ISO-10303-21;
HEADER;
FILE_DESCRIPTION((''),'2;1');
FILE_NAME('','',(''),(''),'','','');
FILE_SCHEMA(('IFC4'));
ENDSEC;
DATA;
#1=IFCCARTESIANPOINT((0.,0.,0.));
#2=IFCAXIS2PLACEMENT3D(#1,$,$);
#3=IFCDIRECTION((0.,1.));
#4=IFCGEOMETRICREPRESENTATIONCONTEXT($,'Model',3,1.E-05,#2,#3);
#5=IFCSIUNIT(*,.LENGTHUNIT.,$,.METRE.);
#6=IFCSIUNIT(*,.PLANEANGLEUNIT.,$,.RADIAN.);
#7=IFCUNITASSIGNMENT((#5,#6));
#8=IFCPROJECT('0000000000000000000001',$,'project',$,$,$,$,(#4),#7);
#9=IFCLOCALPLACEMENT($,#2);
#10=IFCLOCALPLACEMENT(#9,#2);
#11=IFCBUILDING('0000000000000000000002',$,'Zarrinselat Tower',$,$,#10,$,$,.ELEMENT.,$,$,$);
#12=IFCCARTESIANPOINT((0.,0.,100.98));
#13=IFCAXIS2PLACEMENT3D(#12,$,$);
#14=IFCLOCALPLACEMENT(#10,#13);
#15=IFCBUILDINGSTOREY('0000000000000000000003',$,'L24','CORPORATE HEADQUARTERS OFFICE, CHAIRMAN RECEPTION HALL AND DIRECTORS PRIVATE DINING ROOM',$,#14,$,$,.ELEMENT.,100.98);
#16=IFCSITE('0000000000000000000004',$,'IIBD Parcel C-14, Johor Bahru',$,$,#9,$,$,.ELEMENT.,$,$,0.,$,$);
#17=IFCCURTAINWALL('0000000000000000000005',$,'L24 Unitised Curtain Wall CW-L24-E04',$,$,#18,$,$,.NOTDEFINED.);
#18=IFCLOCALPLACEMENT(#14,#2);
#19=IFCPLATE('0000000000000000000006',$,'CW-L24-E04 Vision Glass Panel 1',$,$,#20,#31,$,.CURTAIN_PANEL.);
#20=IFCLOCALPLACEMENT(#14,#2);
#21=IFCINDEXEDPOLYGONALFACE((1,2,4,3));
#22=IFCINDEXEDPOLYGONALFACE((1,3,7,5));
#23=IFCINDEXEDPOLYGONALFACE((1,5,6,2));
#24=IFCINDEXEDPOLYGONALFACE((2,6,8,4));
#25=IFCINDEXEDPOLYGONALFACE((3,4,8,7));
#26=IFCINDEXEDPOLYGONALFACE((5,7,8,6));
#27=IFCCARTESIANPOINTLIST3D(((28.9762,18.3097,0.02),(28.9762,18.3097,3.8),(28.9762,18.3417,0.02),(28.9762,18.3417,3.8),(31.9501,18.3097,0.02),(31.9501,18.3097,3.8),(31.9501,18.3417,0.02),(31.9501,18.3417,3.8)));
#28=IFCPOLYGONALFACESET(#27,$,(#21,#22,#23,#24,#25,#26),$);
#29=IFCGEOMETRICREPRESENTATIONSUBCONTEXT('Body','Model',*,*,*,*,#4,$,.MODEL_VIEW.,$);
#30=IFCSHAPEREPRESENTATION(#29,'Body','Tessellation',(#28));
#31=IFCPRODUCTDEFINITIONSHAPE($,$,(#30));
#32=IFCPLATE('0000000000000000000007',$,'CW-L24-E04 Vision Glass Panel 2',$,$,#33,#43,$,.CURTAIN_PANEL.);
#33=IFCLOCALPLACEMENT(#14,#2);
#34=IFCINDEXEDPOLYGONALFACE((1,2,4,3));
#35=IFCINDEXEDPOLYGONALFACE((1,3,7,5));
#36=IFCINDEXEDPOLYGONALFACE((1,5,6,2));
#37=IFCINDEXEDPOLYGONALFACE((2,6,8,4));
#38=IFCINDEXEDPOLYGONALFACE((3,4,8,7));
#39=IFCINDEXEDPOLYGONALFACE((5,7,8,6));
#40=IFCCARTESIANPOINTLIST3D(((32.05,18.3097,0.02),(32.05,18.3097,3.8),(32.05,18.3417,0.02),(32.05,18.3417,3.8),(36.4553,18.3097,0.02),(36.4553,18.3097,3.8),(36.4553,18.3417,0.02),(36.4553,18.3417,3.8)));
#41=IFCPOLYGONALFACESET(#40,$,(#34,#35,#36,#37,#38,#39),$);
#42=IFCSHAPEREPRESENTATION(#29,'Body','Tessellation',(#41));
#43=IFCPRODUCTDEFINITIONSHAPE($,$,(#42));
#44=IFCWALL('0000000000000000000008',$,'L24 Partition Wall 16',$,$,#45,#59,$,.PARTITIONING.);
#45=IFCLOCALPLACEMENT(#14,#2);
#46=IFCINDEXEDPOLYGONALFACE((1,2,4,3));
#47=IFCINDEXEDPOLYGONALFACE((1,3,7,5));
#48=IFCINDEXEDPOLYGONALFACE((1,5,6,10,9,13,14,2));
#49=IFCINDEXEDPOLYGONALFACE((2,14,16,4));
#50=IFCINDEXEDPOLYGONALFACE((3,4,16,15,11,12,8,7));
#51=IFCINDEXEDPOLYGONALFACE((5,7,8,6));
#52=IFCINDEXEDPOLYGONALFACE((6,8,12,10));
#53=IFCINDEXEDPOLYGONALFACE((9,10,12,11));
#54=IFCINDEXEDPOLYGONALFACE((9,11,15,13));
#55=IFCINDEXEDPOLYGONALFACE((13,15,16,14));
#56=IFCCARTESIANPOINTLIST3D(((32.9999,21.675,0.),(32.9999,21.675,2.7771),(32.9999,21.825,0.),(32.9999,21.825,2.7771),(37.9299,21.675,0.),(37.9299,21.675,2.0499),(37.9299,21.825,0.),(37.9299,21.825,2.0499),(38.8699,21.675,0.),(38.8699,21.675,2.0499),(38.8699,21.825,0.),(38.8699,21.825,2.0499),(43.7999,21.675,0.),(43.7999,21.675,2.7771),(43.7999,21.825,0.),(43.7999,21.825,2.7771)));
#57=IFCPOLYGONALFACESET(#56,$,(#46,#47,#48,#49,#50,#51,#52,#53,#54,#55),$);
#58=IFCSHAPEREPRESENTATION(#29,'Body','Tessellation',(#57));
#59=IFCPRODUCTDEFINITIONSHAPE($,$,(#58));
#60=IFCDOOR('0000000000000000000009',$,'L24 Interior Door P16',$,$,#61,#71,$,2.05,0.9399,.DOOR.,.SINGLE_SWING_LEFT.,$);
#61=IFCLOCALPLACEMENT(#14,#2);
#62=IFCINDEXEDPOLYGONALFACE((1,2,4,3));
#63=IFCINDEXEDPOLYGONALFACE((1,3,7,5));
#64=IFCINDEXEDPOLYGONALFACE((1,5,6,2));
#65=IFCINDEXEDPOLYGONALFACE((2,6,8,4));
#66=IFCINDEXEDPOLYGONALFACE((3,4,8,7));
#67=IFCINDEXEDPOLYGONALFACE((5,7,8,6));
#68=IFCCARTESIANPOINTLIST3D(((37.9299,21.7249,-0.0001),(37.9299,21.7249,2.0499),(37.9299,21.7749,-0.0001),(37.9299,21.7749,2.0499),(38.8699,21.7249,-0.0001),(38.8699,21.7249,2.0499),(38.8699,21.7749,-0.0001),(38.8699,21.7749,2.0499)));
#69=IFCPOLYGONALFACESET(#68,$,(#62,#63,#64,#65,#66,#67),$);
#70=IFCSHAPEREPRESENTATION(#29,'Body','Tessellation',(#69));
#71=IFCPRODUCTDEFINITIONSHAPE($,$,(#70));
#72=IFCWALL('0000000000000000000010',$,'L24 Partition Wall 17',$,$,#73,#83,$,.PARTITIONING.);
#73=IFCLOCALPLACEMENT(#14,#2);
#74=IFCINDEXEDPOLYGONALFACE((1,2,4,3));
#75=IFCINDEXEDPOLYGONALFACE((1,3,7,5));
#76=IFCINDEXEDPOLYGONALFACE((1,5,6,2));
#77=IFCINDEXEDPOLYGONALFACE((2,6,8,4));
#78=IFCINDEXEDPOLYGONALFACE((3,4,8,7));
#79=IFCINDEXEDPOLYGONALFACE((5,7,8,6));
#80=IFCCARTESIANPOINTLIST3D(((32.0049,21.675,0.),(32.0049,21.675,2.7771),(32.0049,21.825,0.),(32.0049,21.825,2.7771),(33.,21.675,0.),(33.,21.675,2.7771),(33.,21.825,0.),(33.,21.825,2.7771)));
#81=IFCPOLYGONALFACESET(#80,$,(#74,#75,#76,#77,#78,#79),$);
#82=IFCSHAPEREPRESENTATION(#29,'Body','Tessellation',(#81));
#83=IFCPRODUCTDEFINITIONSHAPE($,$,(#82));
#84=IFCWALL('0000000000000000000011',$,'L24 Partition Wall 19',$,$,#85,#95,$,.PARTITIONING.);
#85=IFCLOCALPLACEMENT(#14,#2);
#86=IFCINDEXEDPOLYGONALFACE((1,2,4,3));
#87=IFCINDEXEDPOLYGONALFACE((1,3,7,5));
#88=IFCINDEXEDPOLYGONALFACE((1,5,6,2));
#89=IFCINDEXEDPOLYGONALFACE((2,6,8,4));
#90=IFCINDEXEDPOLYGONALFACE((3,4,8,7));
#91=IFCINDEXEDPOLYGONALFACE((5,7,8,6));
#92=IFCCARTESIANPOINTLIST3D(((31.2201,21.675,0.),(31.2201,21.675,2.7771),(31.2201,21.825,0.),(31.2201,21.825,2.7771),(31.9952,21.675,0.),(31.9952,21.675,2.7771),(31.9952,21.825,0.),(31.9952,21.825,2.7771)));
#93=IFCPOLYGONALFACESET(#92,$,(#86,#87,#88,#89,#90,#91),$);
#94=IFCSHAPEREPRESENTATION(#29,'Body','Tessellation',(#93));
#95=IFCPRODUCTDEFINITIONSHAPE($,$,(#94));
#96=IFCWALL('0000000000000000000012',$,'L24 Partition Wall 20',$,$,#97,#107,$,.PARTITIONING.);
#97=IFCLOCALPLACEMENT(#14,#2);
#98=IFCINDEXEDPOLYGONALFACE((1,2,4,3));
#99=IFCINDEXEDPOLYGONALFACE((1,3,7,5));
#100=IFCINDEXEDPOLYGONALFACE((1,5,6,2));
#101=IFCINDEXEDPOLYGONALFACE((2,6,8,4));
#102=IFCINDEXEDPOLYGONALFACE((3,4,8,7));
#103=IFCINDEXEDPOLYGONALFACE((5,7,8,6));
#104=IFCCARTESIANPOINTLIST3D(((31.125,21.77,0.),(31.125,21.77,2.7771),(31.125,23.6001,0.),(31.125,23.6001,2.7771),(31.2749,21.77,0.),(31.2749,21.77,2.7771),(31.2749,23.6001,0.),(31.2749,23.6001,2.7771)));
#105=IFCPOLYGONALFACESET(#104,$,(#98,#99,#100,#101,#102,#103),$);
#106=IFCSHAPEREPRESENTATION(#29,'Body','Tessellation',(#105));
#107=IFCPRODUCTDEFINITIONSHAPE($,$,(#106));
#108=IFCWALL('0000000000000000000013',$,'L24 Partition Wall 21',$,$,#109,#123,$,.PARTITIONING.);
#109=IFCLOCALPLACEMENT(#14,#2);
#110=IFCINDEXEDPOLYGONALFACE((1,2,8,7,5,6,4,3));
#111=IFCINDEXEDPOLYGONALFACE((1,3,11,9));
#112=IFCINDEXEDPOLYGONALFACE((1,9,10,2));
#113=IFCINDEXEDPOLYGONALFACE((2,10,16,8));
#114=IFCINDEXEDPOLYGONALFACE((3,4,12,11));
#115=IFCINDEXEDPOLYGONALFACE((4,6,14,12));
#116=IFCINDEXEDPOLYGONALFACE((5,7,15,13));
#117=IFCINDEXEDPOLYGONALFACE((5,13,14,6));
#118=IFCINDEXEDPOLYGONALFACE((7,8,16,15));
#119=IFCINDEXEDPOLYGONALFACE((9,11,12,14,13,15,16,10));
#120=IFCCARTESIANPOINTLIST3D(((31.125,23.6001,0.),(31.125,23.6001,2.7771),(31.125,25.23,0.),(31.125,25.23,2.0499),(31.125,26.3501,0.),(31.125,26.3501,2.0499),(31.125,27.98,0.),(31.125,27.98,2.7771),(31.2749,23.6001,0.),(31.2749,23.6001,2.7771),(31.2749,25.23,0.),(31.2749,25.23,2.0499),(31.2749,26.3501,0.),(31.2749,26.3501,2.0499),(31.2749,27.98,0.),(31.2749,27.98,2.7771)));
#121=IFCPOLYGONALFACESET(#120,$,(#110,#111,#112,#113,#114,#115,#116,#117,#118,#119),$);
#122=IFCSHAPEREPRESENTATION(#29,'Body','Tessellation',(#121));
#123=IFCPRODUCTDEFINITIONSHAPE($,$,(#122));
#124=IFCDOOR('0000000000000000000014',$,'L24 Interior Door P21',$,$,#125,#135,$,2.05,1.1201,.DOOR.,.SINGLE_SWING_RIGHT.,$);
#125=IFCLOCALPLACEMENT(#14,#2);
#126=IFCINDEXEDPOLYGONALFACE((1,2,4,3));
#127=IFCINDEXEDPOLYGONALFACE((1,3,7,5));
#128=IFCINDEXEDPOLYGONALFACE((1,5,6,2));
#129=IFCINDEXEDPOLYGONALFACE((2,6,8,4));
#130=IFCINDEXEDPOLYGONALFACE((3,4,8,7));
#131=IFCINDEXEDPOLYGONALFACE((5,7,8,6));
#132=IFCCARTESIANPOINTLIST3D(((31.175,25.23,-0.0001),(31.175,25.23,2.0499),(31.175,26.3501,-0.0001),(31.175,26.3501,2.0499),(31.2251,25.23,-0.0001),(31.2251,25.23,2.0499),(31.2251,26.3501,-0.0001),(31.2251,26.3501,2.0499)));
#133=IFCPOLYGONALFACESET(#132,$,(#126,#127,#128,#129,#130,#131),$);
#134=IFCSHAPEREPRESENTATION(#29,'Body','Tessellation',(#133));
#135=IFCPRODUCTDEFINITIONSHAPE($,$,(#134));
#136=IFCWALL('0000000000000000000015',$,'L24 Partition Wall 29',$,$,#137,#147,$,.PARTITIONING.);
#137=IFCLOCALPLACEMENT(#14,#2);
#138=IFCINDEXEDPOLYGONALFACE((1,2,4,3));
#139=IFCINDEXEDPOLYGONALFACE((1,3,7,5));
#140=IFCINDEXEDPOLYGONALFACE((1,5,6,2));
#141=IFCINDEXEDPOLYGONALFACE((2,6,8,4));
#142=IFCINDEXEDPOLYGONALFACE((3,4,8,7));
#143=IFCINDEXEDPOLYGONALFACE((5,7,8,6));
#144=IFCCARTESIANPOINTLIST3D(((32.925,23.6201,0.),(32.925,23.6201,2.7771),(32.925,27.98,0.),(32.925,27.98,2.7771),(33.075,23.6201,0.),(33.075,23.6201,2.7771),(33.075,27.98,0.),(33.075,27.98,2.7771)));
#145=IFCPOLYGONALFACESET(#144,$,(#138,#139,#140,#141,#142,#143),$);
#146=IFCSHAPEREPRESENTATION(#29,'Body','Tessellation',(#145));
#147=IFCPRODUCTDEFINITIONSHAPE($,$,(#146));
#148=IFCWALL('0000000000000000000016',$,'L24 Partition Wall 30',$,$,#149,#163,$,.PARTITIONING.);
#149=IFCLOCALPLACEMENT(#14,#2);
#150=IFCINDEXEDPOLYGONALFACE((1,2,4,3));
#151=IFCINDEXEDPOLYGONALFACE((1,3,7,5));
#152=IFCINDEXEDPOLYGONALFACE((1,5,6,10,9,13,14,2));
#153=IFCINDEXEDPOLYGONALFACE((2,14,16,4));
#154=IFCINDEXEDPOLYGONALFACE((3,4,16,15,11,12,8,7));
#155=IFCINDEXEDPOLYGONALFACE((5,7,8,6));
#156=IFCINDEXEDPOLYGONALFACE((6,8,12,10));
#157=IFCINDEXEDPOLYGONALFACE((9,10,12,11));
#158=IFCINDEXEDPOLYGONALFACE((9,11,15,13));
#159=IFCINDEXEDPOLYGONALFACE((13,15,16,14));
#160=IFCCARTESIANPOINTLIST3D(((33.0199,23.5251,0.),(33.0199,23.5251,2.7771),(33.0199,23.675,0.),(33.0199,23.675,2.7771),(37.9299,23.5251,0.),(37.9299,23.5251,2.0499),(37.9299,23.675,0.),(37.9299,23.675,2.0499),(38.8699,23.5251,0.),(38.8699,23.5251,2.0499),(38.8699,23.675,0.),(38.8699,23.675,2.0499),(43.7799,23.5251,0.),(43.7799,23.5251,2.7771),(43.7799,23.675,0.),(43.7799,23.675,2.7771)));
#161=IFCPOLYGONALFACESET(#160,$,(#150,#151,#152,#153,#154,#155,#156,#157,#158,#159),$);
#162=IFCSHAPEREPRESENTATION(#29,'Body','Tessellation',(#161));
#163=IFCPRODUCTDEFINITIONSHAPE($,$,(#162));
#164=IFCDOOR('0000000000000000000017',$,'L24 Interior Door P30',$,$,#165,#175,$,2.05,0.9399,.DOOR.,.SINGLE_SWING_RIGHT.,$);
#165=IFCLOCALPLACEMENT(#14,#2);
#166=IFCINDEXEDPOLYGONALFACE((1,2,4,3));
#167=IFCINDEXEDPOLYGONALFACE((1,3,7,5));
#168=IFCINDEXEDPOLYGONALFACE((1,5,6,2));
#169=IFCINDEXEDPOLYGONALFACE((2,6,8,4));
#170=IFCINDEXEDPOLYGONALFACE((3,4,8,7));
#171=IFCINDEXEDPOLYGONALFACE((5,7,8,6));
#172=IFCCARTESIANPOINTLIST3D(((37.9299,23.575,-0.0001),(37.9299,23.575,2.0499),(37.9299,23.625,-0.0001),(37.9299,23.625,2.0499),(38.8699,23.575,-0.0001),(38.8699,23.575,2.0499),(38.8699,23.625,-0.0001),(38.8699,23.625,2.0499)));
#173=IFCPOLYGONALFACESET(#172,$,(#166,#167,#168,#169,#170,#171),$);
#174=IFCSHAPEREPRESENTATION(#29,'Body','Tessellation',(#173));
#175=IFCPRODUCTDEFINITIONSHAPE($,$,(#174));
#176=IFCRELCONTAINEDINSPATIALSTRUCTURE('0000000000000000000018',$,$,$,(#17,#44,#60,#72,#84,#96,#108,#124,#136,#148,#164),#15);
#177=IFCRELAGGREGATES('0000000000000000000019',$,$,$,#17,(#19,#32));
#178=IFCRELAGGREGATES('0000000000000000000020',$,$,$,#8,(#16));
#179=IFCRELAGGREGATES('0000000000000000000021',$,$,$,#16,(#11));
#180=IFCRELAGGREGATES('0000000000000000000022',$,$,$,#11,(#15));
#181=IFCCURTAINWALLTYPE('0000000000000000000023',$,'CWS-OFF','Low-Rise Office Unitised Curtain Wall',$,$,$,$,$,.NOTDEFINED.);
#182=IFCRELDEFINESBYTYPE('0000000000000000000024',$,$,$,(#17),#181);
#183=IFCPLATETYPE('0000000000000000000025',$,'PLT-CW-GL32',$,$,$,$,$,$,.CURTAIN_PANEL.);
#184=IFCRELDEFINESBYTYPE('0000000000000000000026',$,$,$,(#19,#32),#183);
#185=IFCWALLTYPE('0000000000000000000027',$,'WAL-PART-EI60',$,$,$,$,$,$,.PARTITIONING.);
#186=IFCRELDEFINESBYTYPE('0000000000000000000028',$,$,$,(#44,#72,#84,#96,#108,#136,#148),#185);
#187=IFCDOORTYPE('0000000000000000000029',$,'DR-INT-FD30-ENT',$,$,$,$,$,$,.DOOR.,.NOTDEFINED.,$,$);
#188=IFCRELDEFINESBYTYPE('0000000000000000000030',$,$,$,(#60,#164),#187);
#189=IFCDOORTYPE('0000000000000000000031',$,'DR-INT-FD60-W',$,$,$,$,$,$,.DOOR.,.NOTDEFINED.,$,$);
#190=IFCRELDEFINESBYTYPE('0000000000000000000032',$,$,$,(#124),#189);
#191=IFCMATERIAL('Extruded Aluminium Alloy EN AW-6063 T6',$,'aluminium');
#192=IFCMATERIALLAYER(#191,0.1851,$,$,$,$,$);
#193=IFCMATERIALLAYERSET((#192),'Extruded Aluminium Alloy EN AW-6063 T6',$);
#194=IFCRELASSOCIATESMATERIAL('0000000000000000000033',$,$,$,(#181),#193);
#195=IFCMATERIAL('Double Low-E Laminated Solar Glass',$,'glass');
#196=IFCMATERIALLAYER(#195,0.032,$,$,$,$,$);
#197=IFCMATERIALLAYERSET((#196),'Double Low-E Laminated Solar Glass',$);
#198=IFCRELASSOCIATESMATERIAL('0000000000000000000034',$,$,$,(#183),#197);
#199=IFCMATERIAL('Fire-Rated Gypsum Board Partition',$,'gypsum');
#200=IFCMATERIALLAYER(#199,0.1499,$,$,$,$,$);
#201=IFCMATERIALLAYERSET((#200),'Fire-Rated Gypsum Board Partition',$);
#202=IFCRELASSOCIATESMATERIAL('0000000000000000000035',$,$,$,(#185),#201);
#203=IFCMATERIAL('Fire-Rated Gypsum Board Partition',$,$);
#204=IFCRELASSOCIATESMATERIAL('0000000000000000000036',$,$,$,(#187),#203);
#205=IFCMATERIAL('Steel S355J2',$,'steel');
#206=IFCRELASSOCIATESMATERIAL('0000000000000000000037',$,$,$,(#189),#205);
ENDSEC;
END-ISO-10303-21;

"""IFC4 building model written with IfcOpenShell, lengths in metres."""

from ifc_helpers import new_model, si_unit, direction, frame, frame_2d, origin, origin_2d, place, context, subcontext, project, spatial, rectangle, extrude, material, layer, layer_set, type_object, element, fill, aggregate, save


model = new_model("IFC4")

# Units and contexts
model_context = context("Model", 3, precision=1e-05, world=origin(), true_north=direction((0.0, 1.0)))
body_context = subcontext(model_context, "Body", "Model", "MODEL_VIEW")
ifc_project = project(units=[si_unit("LENGTHUNIT", "METRE"), si_unit("PLANEANGLEUNIT", "RADIAN")], contexts=[model_context])

# Site, building, storey
site_placement = place(None, origin())
site = spatial("IfcSite", under=ifc_project, at=site_placement, Name="IIBD Parcel C-14, Johor Bahru", CompositionType="ELEMENT", RefElevation=0.0)
building_placement = place(site_placement, origin())
building = spatial("IfcBuilding", under=site, at=building_placement, Name="Zarrinselat Tower", CompositionType="ELEMENT")
storey_placement = place(building_placement, frame((0.0, 0.0, 100.98)))
storey = spatial("IfcBuildingStorey", under=building, at=storey_placement, Name="L24", Description="CORPORATE HEADQUARTERS OFFICE, CHAIRMAN RECEPTION HALL AND DIRECTORS PRIVATE DINING ROOM", CompositionType="ELEMENT", Elevation=100.98)

# Curtain wall, plates
ifc_material_1 = material(Name="Extruded Aluminium Alloy EN AW-6063 T6", Category="aluminium")
ifc_layer_1 = layer(ifc_material_1, 0.1851)
ifc_layer_set_1 = layer_set([ifc_layer_1], Name="Extruded Aluminium Alloy EN AW-6063 T6")
curtain_wall_type = type_object("IfcCurtainWallType", Name="CWS-OFF", Description="Low-Rise Office Unitised Curtain Wall", PredefinedType="NOTDEFINED", material=ifc_layer_set_1)
curtain_wall_placement = place(storey_placement, origin())
curtain_wall = element("IfcCurtainWall", 1, at=curtain_wall_placement, inside=storey, type_object=curtain_wall_type, Name="L24 Unitised Curtain Wall CW-L24-E04", PredefinedType="NOTDEFINED")
ifc_material_2 = material(Name="Double Low-E Laminated Solar Glass", Category="glass")
ifc_layer_2 = layer(ifc_material_2, 0.032)
ifc_layer_set_2 = layer_set([ifc_layer_2], Name="Double Low-E Laminated Solar Glass")
plate_type = type_object("IfcPlateType", Name="PLT-CW-GL32", PredefinedType="CURTAIN_PANEL", material=ifc_layer_set_2)
plate_1_placement = place(storey_placement, frame((30.4631, 18.3257, 0.02), z_axis=(0.0, 0.0, 1.0), x_axis=(1.0, 0.0, 0.0)))
plate_1 = element("IfcPlate", 2, at=plate_1_placement, type_object=plate_type, Name="CW-L24-E04 Vision Glass Panel 1", PredefinedType="CURTAIN_PANEL", context=body_context, shape_type="SweptSolid", body=[
    extrude(rectangle(XDim=2.9739, YDim=0.032, at=origin_2d()), origin(), (0.0, 0.0, 1.0), 3.78),
])
plate_2_placement = place(storey_placement, frame((34.2527, 18.3257, 0.02), z_axis=(0.0, 0.0, 1.0), x_axis=(1.0, 0.0, 0.0)))
plate_2 = element("IfcPlate", 3, at=plate_2_placement, type_object=plate_type, Name="CW-L24-E04 Vision Glass Panel 2", PredefinedType="CURTAIN_PANEL", context=body_context, shape_type="SweptSolid", body=[
    extrude(rectangle(XDim=4.4053, YDim=0.032, at=origin_2d()), origin(), (0.0, 0.0, 1.0), 3.78),
])
aggregate(curtain_wall, [plate_1, plate_2])

# Wall, opening, door
ifc_material_3 = material(Name="Fire-Rated Gypsum Board Partition", Category="gypsum")
ifc_layer_3 = layer(ifc_material_3, 0.1499)
ifc_layer_set_3 = layer_set([ifc_layer_3], Name="Fire-Rated Gypsum Board Partition")
wall_type_1 = type_object("IfcWallType", Name="WAL-PART-EI60", PredefinedType="PARTITIONING", material=ifc_layer_set_3)
wall_1_placement = place(storey_placement, frame((33.0, 21.75, 0.0), z_axis=(0.0, 0.0, 1.0), x_axis=(1.0, 0.0, 0.0)))
wall_1 = element("IfcWall", 4, at=wall_1_placement, inside=storey, type_object=wall_type_1, Name="L24 Partition Wall 16", PredefinedType="PARTITIONING", context=body_context, shape_type="SweptSolid", body=[
    extrude(rectangle(XDim=10.8, YDim=0.1499, at=frame_2d((5.3999, 0.0))), origin(), (0.0, 0.0, 1.0), 2.7771),
])
opening_1_placement = place(wall_1_placement, frame((4.9299, 0.0, 0.0)))
opening_1 = element("IfcOpeningElement", 5, at=opening_1_placement, cuts=wall_1, PredefinedType="OPENING", context=body_context, shape_type="SweptSolid", body=[
    extrude(rectangle(XDim=0.9399, YDim=2.05, at=frame_2d((0.47, 1.0249))), frame((0.0, 0.085, 0.0), z_axis=(0.0, -1.0, 0.0), x_axis=(1.0, 0.0, 0.0)), (0.0, 0.0, 1.0), 0.1699),
])
ifc_material_4 = material(Name="Fire-Rated Gypsum Board Partition")
door_type_1 = type_object("IfcDoorType", Name="DR-INT-FD30-ENT", OperationType="NOTDEFINED", PredefinedType="DOOR", material=ifc_material_4)
door_1_placement = place(opening_1_placement, origin())
door_1 = element("IfcDoor", 6, at=door_1_placement, inside=storey, type_object=door_type_1, Name="L24 Interior Door P16", OperationType="SINGLE_SWING_LEFT", OverallHeight=2.05, OverallWidth=0.9399, PredefinedType="DOOR", context=body_context, shape_type="SweptSolid", body=[
    extrude(rectangle(XDim=0.9399, YDim=2.05, at=frame_2d((0.47, 1.0249))), frame((0.0, 0.0249, 0.0), z_axis=(0.0, -1.0, 0.0), x_axis=(1.0, 0.0, 0.0)), (0.0, 0.0, 1.0), 0.05),
])
fill(opening_1, door_1)

# Walls
wall_2_placement = place(storey_placement, frame((32.0049, 21.75, 0.0), z_axis=(0.0, 0.0, 1.0), x_axis=(1.0, 0.0, 0.0)))
element("IfcWall", 7, at=wall_2_placement, inside=storey, type_object=wall_type_1, Name="L24 Partition Wall 17", PredefinedType="PARTITIONING", context=body_context, shape_type="SweptSolid", body=[
    extrude(rectangle(XDim=0.9951, YDim=0.1499, at=frame_2d((0.4976, 0.0))), origin(), (0.0, 0.0, 1.0), 2.7771),
])
wall_3_placement = place(storey_placement, frame((31.22, 21.75, 0.0), z_axis=(0.0, 0.0, 1.0), x_axis=(1.0, 0.0, 0.0)))
element("IfcWall", 8, at=wall_3_placement, inside=storey, type_object=wall_type_1, Name="L24 Partition Wall 19", PredefinedType="PARTITIONING", context=body_context, shape_type="SweptSolid", body=[
    extrude(rectangle(XDim=0.7751, YDim=0.1499, at=frame_2d((0.3877, 0.0))), origin(), (0.0, 0.0, 1.0), 2.7771),
])
wall_4_placement = place(storey_placement, frame((31.2, 21.77, 0.0), z_axis=(0.0, 0.0, 1.0), x_axis=(0.0, 1.0, 0.0)))
element("IfcWall", 9, at=wall_4_placement, inside=storey, type_object=wall_type_1, Name="L24 Partition Wall 20", PredefinedType="PARTITIONING", context=body_context, shape_type="SweptSolid", body=[
    extrude(rectangle(XDim=1.8301, YDim=0.1499, at=frame_2d((0.915, 0.0))), origin(), (0.0, 0.0, 1.0), 2.7771),
])

# Wall, opening, door
wall_5_placement = place(storey_placement, frame((31.2, 23.6001, 0.0), z_axis=(0.0, 0.0, 1.0), x_axis=(0.0, 1.0, 0.0)))
wall_5 = element("IfcWall", 10, at=wall_5_placement, inside=storey, type_object=wall_type_1, Name="L24 Partition Wall 21", PredefinedType="PARTITIONING", context=body_context, shape_type="SweptSolid", body=[
    extrude(rectangle(XDim=4.3799, YDim=0.1499, at=frame_2d((2.1899, 0.0))), origin(), (0.0, 0.0, 1.0), 2.7771),
])
opening_2_placement = place(wall_5_placement, frame((1.6299, 0.0, 0.0)))
opening_2 = element("IfcOpeningElement", 11, at=opening_2_placement, cuts=wall_5, PredefinedType="OPENING", context=body_context, shape_type="SweptSolid", body=[
    extrude(rectangle(XDim=1.1201, YDim=2.05, at=frame_2d((0.5601, 1.0249))), frame((0.0, 0.085, 0.0), z_axis=(0.0, -1.0, 0.0), x_axis=(1.0, 0.0, 0.0)), (0.0, 0.0, 1.0), 0.1699),
])
ifc_material_5 = material(Name="Steel S355J2", Category="steel")
door_type_2 = type_object("IfcDoorType", Name="DR-INT-FD60-W", OperationType="NOTDEFINED", PredefinedType="DOOR", material=ifc_material_5)
door_2_placement = place(opening_2_placement, origin())
door_2 = element("IfcDoor", 12, at=door_2_placement, inside=storey, type_object=door_type_2, Name="L24 Interior Door P21", OperationType="SINGLE_SWING_RIGHT", OverallHeight=2.05, OverallWidth=1.1201, PredefinedType="DOOR", context=body_context, shape_type="SweptSolid", body=[
    extrude(rectangle(XDim=1.1201, YDim=2.05, at=frame_2d((0.5601, 1.0249))), frame((0.0, 0.0249, 0.0), z_axis=(0.0, -1.0, 0.0), x_axis=(1.0, 0.0, 0.0)), (0.0, 0.0, 1.0), 0.05),
])
fill(opening_2, door_2)

# Wall
wall_6_placement = place(storey_placement, frame((33.0, 23.6201, 0.0), z_axis=(0.0, 0.0, 1.0), x_axis=(0.0, 1.0, 0.0)))
element("IfcWall", 13, at=wall_6_placement, inside=storey, type_object=wall_type_1, Name="L24 Partition Wall 29", PredefinedType="PARTITIONING", context=body_context, shape_type="SweptSolid", body=[
    extrude(rectangle(XDim=4.3599, YDim=0.1499, at=frame_2d((2.1799, 0.0))), origin(), (0.0, 0.0, 1.0), 2.7771),
])

# Wall, opening, door
wall_7_placement = place(storey_placement, frame((33.02, 23.6001, 0.0), z_axis=(0.0, 0.0, 1.0), x_axis=(1.0, 0.0, 0.0)))
wall_7 = element("IfcWall", 14, at=wall_7_placement, inside=storey, type_object=wall_type_1, Name="L24 Partition Wall 30", PredefinedType="PARTITIONING", context=body_context, shape_type="SweptSolid", body=[
    extrude(rectangle(XDim=10.76, YDim=0.1499, at=frame_2d((5.3799, 0.0))), origin(), (0.0, 0.0, 1.0), 2.7771),
])
opening_3_placement = place(wall_7_placement, frame((4.9099, 0.0, 0.0)))
opening_3 = element("IfcOpeningElement", 15, at=opening_3_placement, cuts=wall_7, PredefinedType="OPENING", context=body_context, shape_type="SweptSolid", body=[
    extrude(rectangle(XDim=0.9399, YDim=2.05, at=frame_2d((0.47, 1.0249))), frame((0.0, 0.085, 0.0), z_axis=(0.0, -1.0, 0.0), x_axis=(1.0, 0.0, 0.0)), (0.0, 0.0, 1.0), 0.1699),
])
door_3_placement = place(opening_3_placement, origin())
door_3 = element("IfcDoor", 16, at=door_3_placement, inside=storey, type_object=door_type_1, Name="L24 Interior Door P30", OperationType="SINGLE_SWING_RIGHT", OverallHeight=2.05, OverallWidth=0.9399, PredefinedType="DOOR", context=body_context, shape_type="SweptSolid", body=[
    extrude(rectangle(XDim=0.9399, YDim=2.05, at=frame_2d((0.47, 1.0249))), frame((0.0, 0.0249, 0.0), z_axis=(0.0, -1.0, 0.0), x_axis=(1.0, 0.0, 0.0)), (0.0, 0.0, 1.0), 0.05),
])
fill(opening_3, door_3)

save(model, "model.ifc")
